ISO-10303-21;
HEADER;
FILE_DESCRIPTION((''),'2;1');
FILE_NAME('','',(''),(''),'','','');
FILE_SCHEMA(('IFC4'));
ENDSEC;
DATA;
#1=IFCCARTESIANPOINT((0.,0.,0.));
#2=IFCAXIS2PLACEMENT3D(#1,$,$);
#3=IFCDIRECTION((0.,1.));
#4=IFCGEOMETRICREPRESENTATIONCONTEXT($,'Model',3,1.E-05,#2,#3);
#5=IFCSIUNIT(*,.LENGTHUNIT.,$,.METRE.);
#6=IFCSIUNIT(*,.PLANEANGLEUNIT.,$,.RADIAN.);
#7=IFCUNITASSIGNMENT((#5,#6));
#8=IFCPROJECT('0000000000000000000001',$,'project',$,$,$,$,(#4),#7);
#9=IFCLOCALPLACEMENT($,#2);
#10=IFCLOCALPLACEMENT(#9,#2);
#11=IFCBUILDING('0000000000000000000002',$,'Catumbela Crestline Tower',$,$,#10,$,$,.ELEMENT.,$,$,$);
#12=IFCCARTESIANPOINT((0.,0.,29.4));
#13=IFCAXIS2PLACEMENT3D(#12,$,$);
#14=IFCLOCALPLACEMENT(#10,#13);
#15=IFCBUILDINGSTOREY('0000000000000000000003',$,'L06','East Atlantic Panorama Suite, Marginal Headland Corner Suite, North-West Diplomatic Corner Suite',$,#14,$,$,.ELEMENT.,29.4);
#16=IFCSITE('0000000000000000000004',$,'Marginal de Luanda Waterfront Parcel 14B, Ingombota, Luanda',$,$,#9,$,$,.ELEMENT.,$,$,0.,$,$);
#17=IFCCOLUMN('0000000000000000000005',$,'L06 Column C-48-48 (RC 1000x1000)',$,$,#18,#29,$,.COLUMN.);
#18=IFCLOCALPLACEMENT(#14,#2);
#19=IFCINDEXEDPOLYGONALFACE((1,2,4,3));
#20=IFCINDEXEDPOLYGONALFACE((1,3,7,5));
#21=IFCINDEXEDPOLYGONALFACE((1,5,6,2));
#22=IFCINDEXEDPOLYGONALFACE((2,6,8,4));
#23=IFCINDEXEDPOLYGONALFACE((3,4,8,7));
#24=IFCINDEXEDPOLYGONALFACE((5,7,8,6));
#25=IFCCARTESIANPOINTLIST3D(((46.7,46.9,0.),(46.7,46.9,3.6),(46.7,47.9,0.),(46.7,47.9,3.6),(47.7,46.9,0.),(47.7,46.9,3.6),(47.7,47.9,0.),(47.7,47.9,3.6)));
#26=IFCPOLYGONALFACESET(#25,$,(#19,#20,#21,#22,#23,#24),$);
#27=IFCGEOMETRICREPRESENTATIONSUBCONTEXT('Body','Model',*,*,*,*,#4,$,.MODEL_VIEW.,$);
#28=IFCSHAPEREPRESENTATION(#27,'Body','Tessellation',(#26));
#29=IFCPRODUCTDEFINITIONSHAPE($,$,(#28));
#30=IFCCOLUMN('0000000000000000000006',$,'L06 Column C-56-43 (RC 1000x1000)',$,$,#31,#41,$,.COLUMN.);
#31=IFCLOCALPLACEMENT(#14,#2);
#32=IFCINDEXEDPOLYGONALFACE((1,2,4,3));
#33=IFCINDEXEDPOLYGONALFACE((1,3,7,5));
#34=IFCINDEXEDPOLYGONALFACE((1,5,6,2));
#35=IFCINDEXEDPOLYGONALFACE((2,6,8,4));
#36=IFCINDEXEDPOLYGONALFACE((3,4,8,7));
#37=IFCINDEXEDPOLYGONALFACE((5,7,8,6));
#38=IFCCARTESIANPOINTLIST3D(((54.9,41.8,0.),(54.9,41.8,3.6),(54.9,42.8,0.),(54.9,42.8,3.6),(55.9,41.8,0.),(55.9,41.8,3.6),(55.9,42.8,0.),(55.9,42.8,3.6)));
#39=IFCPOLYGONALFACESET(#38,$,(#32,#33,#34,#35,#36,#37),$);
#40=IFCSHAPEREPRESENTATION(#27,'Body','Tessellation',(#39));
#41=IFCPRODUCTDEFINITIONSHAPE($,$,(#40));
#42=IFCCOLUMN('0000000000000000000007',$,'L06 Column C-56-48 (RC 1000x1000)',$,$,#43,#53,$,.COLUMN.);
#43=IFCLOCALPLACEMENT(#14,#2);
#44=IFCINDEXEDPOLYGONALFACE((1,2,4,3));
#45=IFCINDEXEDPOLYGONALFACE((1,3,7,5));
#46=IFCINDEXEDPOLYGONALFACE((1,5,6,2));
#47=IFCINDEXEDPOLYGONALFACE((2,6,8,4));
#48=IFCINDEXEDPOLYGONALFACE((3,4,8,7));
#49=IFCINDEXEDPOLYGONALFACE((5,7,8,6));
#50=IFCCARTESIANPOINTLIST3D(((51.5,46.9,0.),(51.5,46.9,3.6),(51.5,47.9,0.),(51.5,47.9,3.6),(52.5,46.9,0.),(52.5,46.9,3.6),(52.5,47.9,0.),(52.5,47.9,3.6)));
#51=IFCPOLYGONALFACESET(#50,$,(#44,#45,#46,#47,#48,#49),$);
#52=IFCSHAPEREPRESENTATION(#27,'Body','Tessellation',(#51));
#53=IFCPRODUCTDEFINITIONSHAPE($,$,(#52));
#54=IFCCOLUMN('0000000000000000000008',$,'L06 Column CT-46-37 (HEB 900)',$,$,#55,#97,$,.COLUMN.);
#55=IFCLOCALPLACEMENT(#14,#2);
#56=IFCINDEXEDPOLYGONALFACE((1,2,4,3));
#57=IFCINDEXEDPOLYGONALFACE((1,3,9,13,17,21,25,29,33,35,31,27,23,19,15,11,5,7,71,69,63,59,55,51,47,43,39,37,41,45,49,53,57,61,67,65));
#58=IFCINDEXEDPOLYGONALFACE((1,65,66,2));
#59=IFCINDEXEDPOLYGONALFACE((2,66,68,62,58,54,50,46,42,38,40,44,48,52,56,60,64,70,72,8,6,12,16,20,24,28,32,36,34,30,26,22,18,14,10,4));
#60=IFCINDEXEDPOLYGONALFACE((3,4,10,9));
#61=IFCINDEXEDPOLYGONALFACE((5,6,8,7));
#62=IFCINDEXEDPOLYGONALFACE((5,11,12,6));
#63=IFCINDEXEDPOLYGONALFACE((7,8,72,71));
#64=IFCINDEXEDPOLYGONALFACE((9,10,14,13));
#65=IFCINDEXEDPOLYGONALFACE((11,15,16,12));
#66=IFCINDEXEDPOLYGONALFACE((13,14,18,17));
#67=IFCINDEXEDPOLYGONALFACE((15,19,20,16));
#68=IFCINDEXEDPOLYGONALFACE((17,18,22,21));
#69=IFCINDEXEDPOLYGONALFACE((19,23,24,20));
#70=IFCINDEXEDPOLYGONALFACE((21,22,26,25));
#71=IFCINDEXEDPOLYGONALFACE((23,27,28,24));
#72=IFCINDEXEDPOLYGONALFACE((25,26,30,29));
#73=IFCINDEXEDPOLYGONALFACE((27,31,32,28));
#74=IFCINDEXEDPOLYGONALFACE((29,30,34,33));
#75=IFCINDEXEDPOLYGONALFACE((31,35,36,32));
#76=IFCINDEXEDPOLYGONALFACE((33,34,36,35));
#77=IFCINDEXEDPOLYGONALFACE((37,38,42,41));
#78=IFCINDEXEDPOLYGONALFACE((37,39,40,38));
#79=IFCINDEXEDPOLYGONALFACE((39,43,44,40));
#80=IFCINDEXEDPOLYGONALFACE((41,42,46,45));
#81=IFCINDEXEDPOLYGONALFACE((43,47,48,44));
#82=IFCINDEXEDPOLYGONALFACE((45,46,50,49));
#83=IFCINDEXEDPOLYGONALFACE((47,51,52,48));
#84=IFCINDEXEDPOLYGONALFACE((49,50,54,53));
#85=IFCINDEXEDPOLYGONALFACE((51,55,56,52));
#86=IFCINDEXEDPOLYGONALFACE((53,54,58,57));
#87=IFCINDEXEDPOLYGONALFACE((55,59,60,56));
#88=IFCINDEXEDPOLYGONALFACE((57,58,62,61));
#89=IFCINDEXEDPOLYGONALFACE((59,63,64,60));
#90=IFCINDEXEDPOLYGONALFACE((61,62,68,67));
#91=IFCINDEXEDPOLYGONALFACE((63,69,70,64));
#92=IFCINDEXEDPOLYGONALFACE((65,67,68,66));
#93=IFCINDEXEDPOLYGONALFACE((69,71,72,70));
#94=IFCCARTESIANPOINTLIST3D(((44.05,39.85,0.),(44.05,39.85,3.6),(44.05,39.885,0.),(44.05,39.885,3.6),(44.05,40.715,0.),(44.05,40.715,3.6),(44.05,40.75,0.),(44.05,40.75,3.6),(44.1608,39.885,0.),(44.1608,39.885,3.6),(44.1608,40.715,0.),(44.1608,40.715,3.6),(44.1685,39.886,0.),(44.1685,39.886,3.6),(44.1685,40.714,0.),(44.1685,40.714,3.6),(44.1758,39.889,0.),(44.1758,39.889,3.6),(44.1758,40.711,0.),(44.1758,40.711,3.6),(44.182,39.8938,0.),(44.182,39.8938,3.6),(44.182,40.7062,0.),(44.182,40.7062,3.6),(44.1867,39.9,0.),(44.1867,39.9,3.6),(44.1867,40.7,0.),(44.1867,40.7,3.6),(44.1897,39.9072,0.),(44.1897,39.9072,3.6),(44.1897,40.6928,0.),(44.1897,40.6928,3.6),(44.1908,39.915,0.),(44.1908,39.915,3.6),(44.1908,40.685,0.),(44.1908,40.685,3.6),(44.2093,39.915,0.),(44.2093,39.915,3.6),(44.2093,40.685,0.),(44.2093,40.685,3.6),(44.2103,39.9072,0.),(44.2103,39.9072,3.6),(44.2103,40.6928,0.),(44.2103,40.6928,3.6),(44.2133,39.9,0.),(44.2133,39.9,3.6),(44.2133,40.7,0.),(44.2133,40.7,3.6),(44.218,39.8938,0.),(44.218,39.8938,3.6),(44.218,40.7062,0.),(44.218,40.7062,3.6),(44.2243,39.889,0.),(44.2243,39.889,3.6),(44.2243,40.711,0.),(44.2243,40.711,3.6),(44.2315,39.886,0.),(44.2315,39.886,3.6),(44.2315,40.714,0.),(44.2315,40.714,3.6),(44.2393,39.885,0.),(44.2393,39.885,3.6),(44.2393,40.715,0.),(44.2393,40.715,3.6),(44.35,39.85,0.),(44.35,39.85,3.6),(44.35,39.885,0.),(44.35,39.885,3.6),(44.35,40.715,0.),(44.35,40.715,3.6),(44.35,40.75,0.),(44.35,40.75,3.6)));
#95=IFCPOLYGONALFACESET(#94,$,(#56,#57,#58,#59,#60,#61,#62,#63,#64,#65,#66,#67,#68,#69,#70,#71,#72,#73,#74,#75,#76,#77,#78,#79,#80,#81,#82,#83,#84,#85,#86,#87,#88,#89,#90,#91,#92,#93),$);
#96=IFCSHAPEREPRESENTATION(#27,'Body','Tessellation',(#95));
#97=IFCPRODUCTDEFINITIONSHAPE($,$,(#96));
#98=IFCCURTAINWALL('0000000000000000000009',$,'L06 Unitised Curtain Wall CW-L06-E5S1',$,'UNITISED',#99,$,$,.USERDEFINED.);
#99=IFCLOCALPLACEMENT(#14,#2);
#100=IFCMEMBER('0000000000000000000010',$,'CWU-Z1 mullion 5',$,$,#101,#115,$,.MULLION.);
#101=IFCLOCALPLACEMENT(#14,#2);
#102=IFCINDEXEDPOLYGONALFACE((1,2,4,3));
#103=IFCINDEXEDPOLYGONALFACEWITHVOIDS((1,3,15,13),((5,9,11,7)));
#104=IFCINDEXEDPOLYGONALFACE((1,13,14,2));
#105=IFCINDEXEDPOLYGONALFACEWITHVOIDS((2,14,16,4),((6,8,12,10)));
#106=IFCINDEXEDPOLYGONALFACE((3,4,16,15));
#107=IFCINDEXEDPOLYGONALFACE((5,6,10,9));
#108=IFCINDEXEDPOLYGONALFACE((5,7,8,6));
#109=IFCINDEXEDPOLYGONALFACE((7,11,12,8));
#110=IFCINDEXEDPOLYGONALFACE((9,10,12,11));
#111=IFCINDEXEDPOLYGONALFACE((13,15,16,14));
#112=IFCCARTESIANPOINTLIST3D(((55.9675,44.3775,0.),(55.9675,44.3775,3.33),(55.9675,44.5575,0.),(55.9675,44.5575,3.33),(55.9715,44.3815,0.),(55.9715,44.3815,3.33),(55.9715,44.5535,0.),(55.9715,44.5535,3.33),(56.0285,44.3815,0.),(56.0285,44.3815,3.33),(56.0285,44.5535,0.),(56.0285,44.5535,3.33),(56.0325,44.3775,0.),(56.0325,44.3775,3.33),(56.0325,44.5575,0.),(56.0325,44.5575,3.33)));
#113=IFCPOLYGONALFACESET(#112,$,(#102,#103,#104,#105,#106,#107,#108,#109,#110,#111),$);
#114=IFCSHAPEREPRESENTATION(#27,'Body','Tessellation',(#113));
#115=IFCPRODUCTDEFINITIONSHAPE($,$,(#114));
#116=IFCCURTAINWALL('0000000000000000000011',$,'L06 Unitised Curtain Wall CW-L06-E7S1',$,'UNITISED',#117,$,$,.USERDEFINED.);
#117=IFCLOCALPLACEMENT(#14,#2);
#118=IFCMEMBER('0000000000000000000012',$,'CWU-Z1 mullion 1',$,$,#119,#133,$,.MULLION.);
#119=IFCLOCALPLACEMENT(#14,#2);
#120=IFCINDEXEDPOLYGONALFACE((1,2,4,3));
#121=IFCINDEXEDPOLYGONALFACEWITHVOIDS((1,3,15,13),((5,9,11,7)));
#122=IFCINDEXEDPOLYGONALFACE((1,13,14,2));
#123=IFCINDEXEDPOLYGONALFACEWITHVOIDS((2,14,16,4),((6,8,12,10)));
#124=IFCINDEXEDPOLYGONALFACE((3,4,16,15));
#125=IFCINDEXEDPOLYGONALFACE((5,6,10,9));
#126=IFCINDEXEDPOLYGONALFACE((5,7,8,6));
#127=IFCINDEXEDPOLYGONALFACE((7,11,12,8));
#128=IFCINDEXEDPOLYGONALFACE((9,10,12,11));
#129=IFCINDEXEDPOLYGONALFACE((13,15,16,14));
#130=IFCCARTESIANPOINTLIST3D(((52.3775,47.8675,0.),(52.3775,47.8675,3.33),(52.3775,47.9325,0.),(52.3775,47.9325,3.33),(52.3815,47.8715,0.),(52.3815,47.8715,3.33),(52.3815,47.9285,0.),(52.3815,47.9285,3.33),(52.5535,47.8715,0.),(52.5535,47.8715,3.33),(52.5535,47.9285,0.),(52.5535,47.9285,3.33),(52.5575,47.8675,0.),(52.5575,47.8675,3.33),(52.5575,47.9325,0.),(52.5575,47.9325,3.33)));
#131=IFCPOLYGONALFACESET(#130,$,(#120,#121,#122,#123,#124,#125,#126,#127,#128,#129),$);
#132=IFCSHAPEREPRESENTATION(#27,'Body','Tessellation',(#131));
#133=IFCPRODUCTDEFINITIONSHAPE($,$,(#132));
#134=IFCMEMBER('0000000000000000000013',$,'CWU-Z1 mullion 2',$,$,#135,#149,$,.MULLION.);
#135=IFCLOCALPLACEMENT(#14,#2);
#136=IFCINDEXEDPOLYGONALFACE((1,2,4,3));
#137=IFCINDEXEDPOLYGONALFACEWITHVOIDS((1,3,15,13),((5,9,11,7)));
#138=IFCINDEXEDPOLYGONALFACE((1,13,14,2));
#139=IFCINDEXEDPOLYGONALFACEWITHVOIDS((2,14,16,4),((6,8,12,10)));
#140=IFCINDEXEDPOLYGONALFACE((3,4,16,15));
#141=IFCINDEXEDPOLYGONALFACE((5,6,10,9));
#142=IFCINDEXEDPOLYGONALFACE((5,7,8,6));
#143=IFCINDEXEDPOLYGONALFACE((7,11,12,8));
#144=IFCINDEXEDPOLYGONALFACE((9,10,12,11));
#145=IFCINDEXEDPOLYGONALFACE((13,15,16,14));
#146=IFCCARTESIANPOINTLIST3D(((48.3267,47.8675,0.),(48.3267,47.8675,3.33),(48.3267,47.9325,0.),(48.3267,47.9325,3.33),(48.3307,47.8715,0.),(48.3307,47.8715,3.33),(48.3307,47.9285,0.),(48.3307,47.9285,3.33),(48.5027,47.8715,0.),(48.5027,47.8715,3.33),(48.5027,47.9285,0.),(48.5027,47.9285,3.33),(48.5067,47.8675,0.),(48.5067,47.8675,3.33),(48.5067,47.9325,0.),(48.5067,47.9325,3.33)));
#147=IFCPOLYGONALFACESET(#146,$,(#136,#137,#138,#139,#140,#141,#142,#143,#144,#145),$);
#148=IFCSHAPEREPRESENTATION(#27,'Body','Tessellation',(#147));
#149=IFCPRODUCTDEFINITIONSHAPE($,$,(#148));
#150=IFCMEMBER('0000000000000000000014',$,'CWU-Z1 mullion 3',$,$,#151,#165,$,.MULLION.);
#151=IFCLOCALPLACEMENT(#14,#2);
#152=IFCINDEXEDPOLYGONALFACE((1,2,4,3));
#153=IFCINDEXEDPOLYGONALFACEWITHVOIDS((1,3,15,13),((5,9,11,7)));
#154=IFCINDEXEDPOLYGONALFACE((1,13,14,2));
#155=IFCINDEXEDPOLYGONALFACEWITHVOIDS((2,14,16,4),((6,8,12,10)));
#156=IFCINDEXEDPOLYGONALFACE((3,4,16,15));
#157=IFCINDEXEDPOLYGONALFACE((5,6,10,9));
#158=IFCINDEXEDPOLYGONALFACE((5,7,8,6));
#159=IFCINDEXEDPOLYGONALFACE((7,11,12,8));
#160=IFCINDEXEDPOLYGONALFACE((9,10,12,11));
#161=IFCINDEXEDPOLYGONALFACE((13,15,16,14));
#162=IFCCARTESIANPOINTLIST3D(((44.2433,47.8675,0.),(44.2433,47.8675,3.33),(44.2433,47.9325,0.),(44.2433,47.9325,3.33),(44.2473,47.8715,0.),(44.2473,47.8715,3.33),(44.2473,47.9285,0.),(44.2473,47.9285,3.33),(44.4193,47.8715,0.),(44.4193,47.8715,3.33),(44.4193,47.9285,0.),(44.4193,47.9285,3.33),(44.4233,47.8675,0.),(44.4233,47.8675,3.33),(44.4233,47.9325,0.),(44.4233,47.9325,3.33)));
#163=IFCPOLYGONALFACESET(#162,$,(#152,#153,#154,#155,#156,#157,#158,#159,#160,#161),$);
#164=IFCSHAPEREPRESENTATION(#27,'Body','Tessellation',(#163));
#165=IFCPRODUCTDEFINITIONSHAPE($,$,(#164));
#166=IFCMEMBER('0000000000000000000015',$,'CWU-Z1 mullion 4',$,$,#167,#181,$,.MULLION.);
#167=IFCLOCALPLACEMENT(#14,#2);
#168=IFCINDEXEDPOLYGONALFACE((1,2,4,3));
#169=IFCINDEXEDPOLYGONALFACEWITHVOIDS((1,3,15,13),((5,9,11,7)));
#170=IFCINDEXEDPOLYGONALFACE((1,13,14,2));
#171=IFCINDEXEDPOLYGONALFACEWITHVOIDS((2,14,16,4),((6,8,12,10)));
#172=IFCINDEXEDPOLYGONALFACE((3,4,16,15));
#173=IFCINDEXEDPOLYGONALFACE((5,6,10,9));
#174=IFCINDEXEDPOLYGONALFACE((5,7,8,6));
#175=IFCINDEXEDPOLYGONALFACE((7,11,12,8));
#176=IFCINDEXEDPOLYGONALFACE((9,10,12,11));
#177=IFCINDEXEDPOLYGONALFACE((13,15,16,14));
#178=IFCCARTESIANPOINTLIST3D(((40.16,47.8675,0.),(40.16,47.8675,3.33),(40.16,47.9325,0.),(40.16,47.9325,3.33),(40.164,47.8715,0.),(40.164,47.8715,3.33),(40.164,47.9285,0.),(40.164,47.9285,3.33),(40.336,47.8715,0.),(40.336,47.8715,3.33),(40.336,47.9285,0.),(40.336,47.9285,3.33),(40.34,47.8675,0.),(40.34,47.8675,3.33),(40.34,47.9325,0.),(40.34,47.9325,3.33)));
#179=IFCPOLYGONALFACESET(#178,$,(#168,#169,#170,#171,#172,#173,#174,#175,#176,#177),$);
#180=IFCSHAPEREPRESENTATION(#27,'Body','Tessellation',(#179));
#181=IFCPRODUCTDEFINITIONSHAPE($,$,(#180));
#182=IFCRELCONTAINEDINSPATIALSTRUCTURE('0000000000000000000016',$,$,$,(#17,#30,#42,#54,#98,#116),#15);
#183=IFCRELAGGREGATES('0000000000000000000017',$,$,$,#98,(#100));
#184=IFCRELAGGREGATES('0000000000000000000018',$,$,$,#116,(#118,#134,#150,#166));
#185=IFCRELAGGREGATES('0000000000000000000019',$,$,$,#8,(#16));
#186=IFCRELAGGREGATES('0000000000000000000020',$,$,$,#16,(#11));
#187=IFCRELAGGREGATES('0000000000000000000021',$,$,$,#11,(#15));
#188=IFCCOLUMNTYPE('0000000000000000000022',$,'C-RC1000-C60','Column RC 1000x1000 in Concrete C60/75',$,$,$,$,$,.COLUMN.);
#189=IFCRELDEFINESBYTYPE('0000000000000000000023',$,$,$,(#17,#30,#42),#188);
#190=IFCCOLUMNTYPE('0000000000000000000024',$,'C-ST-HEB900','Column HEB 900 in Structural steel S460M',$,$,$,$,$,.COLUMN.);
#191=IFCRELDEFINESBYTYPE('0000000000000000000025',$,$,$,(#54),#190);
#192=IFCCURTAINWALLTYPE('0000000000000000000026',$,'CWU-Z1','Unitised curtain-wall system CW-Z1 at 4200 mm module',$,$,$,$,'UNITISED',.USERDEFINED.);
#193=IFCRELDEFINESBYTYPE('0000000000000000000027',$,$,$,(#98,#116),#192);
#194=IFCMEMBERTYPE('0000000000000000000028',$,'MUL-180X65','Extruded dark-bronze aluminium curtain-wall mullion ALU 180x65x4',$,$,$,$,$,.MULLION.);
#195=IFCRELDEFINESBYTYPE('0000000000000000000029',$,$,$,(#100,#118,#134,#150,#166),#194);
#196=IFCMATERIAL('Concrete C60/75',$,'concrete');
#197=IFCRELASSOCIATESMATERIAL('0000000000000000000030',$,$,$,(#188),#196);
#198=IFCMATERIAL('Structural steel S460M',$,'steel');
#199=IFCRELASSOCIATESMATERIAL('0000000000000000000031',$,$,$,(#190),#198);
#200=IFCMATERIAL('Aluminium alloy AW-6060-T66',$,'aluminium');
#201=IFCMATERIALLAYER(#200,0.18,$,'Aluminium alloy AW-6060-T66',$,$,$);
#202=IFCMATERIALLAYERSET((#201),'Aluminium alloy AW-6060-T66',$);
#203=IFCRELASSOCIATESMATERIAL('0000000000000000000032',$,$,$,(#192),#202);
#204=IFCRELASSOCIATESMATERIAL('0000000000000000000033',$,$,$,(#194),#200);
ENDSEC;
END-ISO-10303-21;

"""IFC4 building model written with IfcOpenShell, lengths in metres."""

from ifc_helpers import new_model, si_unit, direction, frame, origin, origin_2d, place, context, subcontext, project, spatial, rectangle, hollow_rectangle, i_section, extrude, material, layer, layer_set, material_profile, profile_set, type_object, element, aggregate, save


model = new_model("IFC4")

# Units and contexts
model_context = context("Model", 3, precision=1e-05, world=origin(), true_north=direction((0.0, 1.0)))
body_context = subcontext(model_context, "Body", "Model", "MODEL_VIEW")
ifc_project = project(units=[si_unit("LENGTHUNIT", "METRE"), si_unit("PLANEANGLEUNIT", "RADIAN")], contexts=[model_context])

# Site, building, storey
site_placement = place(None, origin())
site = spatial("IfcSite", under=ifc_project, at=site_placement, Name="Marginal de Luanda Waterfront Parcel 14B, Ingombota, Luanda", CompositionType="ELEMENT", RefElevation=0.0)
building_placement = place(site_placement, origin())
building = spatial("IfcBuilding", under=site, at=building_placement, Name="Catumbela Crestline Tower", CompositionType="ELEMENT")
storey_placement = place(building_placement, frame((0.0, 0.0, 29.4)))
storey = spatial("IfcBuildingStorey", under=building, at=storey_placement, Name="L06", Description="East Atlantic Panorama Suite, Marginal Headland Corner Suite, North-West Diplomatic Corner Suite", CompositionType="ELEMENT", Elevation=29.4)

# Columns
ifc_material_1 = material(Name="Concrete C60/75", Category="concrete")
ifc_material_profile_1 = material_profile(ifc_material_1, rectangle(XDim=1.0, YDim=1.0, at=origin_2d()), Name="RC 1000x1000")
ifc_profile_set_1 = profile_set([ifc_material_profile_1], Name="Concrete C60/75")
column_type_1 = type_object("IfcColumnType", Name="C-RC1000-C60", Description="Column RC 1000x1000 in Concrete C60/75", PredefinedType="COLUMN", material=ifc_profile_set_1)
for number, where, z_axis, x_axis, name in (
    (1, (47.2, 47.4, 0.0), (0.0, 0.0, 1.0), (1.0, 0.0, 0.0), "L06 Column C-48-48 (RC 1000x1000)"),
    (2, (55.4, 42.3, 0.0), (0.0, 0.0, 1.0), (1.0, 0.0, 0.0), "L06 Column C-56-43 (RC 1000x1000)"),
    (3, (52.0, 47.4, 0.0), (0.0, 0.0, 1.0), (1.0, 0.0, 0.0), "L06 Column C-56-48 (RC 1000x1000)"),
):
    element("IfcColumn", number, at=place(storey_placement, frame(where, z_axis=z_axis, x_axis=x_axis)), inside=storey, type_object=column_type_1, Name=name, PredefinedType="COLUMN", context=body_context, shape_type="SweptSolid", body=[
        extrude(rectangle(XDim=1.0, YDim=1.0, at=origin_2d()), origin(), (0.0, 0.0, 1.0), 3.6),
    ])
ifc_material_2 = material(Name="Structural steel S460M", Category="steel")
ifc_material_profile_2 = material_profile(ifc_material_2, i_section(OverallWidth=0.3, OverallDepth=0.9, WebThickness=0.0185, FlangeThickness=0.035, FilletRadius=0.03, at=origin_2d()), Name="HEB 900")
ifc_profile_set_2 = profile_set([ifc_material_profile_2], Name="Structural steel S460M")
column_type_2 = type_object("IfcColumnType", Name="C-ST-HEB900", Description="Column HEB 900 in Structural steel S460M", PredefinedType="COLUMN", material=ifc_profile_set_2)
column_placement = place(storey_placement, frame((44.2, 40.3, 0.0), z_axis=(0.0, 0.0, 1.0), x_axis=(1.0, 0.0, 0.0)))
element("IfcColumn", 4, at=column_placement, inside=storey, type_object=column_type_2, Name="L06 Column CT-46-37 (HEB 900)", PredefinedType="COLUMN", context=body_context, shape_type="SweptSolid", body=[
    extrude(i_section(OverallWidth=0.3, OverallDepth=0.9, WebThickness=0.0185, FlangeThickness=0.035, FilletRadius=0.03, at=origin_2d()), origin(), (0.0, 0.0, 1.0), 3.6),
])

# Curtain wall, member
ifc_material_3 = material(Name="Aluminium alloy AW-6060-T66", Category="aluminium")
ifc_layer_1 = layer(ifc_material_3, 0.18, Name="Aluminium alloy AW-6060-T66")
ifc_layer_set_1 = layer_set([ifc_layer_1], Name="Aluminium alloy AW-6060-T66")
curtain_wall_type = type_object("IfcCurtainWallType", Name="CWU-Z1", Description="Unitised curtain-wall system CW-Z1 at 4200 mm module", ElementType="UNITISED", PredefinedType="USERDEFINED", material=ifc_layer_set_1)
curtain_wall_1_placement = place(storey_placement, origin())
curtain_wall_1 = element("IfcCurtainWall", 5, at=curtain_wall_1_placement, inside=storey, type_object=curtain_wall_type, Name="L06 Unitised Curtain Wall CW-L06-E5S1", ObjectType="UNITISED", PredefinedType="USERDEFINED")
ifc_material_profile_3 = material_profile(ifc_material_3, hollow_rectangle(XDim=0.065, YDim=0.18, WallThickness=0.004, at=origin_2d()), Name="ALU 180x65x4")
ifc_profile_set_3 = profile_set([ifc_material_profile_3], Name="Aluminium alloy AW-6060-T66")
member_type_1 = type_object("IfcMemberType", Name="MUL-180X65", Description="Extruded dark-bronze aluminium curtain-wall mullion ALU 180x65x4", PredefinedType="MULLION", material=ifc_profile_set_3)
member_1_placement = place(storey_placement, frame((56.0, 44.4675, 0.0), z_axis=(0.0, 0.0, 1.0), x_axis=(-1.0, 0.0, 0.0)))
member_1 = element("IfcMember", 6, at=member_1_placement, type_object=member_type_1, Name="CWU-Z1 mullion 5", PredefinedType="MULLION", context=body_context, shape_type="SweptSolid", body=[
    extrude(hollow_rectangle(XDim=0.065, YDim=0.18, WallThickness=0.004, at=origin_2d()), origin(), (0.0, 0.0, 1.0), 3.33),
])

# Curtain wall, members
curtain_wall_2_placement = place(storey_placement, origin())
curtain_wall_2 = element("IfcCurtainWall", 7, at=curtain_wall_2_placement, inside=storey, type_object=curtain_wall_type, Name="L06 Unitised Curtain Wall CW-L06-E7S1", ObjectType="UNITISED", PredefinedType="USERDEFINED")
member_2_placement = place(storey_placement, frame((52.4675, 47.9, 0.0), z_axis=(0.0, 0.0, 1.0), x_axis=(0.0, -1.0, 0.0)))
member_2 = element("IfcMember", 8, at=member_2_placement, type_object=member_type_1, Name="CWU-Z1 mullion 1", PredefinedType="MULLION", context=body_context, shape_type="SweptSolid", body=[
    extrude(hollow_rectangle(XDim=0.065, YDim=0.18, WallThickness=0.004, at=origin_2d()), origin(), (0.0, 0.0, 1.0), 3.33),
])
member_3_placement = place(storey_placement, frame((48.4167, 47.9, 0.0), z_axis=(0.0, 0.0, 1.0), x_axis=(0.0, -1.0, 0.0)))
member_3 = element("IfcMember", 9, at=member_3_placement, type_object=member_type_1, Name="CWU-Z1 mullion 2", PredefinedType="MULLION", context=body_context, shape_type="SweptSolid", body=[
    extrude(hollow_rectangle(XDim=0.065, YDim=0.18, WallThickness=0.004, at=origin_2d()), origin(), (0.0, 0.0, 1.0), 3.33),
])
member_4_placement = place(storey_placement, frame((44.3333, 47.9, 0.0), z_axis=(0.0, 0.0, 1.0), x_axis=(0.0, -1.0, 0.0)))
member_4 = element("IfcMember", 10, at=member_4_placement, type_object=member_type_1, Name="CWU-Z1 mullion 3", PredefinedType="MULLION", context=body_context, shape_type="SweptSolid", body=[
    extrude(hollow_rectangle(XDim=0.065, YDim=0.18, WallThickness=0.004, at=origin_2d()), origin(), (0.0, 0.0, 1.0), 3.33),
])
member_5_placement = place(storey_placement, frame((40.25, 47.9, 0.0), z_axis=(0.0, 0.0, 1.0), x_axis=(0.0, -1.0, 0.0)))
member_5 = element("IfcMember", 11, at=member_5_placement, type_object=member_type_1, Name="CWU-Z1 mullion 4", PredefinedType="MULLION", context=body_context, shape_type="SweptSolid", body=[
    extrude(hollow_rectangle(XDim=0.065, YDim=0.18, WallThickness=0.004, at=origin_2d()), origin(), (0.0, 0.0, 1.0), 3.33),
])

aggregate(curtain_wall_1, [member_1])
aggregate(curtain_wall_2, [member_2, member_3, member_4, member_5])

save(model, "model.ifc")
